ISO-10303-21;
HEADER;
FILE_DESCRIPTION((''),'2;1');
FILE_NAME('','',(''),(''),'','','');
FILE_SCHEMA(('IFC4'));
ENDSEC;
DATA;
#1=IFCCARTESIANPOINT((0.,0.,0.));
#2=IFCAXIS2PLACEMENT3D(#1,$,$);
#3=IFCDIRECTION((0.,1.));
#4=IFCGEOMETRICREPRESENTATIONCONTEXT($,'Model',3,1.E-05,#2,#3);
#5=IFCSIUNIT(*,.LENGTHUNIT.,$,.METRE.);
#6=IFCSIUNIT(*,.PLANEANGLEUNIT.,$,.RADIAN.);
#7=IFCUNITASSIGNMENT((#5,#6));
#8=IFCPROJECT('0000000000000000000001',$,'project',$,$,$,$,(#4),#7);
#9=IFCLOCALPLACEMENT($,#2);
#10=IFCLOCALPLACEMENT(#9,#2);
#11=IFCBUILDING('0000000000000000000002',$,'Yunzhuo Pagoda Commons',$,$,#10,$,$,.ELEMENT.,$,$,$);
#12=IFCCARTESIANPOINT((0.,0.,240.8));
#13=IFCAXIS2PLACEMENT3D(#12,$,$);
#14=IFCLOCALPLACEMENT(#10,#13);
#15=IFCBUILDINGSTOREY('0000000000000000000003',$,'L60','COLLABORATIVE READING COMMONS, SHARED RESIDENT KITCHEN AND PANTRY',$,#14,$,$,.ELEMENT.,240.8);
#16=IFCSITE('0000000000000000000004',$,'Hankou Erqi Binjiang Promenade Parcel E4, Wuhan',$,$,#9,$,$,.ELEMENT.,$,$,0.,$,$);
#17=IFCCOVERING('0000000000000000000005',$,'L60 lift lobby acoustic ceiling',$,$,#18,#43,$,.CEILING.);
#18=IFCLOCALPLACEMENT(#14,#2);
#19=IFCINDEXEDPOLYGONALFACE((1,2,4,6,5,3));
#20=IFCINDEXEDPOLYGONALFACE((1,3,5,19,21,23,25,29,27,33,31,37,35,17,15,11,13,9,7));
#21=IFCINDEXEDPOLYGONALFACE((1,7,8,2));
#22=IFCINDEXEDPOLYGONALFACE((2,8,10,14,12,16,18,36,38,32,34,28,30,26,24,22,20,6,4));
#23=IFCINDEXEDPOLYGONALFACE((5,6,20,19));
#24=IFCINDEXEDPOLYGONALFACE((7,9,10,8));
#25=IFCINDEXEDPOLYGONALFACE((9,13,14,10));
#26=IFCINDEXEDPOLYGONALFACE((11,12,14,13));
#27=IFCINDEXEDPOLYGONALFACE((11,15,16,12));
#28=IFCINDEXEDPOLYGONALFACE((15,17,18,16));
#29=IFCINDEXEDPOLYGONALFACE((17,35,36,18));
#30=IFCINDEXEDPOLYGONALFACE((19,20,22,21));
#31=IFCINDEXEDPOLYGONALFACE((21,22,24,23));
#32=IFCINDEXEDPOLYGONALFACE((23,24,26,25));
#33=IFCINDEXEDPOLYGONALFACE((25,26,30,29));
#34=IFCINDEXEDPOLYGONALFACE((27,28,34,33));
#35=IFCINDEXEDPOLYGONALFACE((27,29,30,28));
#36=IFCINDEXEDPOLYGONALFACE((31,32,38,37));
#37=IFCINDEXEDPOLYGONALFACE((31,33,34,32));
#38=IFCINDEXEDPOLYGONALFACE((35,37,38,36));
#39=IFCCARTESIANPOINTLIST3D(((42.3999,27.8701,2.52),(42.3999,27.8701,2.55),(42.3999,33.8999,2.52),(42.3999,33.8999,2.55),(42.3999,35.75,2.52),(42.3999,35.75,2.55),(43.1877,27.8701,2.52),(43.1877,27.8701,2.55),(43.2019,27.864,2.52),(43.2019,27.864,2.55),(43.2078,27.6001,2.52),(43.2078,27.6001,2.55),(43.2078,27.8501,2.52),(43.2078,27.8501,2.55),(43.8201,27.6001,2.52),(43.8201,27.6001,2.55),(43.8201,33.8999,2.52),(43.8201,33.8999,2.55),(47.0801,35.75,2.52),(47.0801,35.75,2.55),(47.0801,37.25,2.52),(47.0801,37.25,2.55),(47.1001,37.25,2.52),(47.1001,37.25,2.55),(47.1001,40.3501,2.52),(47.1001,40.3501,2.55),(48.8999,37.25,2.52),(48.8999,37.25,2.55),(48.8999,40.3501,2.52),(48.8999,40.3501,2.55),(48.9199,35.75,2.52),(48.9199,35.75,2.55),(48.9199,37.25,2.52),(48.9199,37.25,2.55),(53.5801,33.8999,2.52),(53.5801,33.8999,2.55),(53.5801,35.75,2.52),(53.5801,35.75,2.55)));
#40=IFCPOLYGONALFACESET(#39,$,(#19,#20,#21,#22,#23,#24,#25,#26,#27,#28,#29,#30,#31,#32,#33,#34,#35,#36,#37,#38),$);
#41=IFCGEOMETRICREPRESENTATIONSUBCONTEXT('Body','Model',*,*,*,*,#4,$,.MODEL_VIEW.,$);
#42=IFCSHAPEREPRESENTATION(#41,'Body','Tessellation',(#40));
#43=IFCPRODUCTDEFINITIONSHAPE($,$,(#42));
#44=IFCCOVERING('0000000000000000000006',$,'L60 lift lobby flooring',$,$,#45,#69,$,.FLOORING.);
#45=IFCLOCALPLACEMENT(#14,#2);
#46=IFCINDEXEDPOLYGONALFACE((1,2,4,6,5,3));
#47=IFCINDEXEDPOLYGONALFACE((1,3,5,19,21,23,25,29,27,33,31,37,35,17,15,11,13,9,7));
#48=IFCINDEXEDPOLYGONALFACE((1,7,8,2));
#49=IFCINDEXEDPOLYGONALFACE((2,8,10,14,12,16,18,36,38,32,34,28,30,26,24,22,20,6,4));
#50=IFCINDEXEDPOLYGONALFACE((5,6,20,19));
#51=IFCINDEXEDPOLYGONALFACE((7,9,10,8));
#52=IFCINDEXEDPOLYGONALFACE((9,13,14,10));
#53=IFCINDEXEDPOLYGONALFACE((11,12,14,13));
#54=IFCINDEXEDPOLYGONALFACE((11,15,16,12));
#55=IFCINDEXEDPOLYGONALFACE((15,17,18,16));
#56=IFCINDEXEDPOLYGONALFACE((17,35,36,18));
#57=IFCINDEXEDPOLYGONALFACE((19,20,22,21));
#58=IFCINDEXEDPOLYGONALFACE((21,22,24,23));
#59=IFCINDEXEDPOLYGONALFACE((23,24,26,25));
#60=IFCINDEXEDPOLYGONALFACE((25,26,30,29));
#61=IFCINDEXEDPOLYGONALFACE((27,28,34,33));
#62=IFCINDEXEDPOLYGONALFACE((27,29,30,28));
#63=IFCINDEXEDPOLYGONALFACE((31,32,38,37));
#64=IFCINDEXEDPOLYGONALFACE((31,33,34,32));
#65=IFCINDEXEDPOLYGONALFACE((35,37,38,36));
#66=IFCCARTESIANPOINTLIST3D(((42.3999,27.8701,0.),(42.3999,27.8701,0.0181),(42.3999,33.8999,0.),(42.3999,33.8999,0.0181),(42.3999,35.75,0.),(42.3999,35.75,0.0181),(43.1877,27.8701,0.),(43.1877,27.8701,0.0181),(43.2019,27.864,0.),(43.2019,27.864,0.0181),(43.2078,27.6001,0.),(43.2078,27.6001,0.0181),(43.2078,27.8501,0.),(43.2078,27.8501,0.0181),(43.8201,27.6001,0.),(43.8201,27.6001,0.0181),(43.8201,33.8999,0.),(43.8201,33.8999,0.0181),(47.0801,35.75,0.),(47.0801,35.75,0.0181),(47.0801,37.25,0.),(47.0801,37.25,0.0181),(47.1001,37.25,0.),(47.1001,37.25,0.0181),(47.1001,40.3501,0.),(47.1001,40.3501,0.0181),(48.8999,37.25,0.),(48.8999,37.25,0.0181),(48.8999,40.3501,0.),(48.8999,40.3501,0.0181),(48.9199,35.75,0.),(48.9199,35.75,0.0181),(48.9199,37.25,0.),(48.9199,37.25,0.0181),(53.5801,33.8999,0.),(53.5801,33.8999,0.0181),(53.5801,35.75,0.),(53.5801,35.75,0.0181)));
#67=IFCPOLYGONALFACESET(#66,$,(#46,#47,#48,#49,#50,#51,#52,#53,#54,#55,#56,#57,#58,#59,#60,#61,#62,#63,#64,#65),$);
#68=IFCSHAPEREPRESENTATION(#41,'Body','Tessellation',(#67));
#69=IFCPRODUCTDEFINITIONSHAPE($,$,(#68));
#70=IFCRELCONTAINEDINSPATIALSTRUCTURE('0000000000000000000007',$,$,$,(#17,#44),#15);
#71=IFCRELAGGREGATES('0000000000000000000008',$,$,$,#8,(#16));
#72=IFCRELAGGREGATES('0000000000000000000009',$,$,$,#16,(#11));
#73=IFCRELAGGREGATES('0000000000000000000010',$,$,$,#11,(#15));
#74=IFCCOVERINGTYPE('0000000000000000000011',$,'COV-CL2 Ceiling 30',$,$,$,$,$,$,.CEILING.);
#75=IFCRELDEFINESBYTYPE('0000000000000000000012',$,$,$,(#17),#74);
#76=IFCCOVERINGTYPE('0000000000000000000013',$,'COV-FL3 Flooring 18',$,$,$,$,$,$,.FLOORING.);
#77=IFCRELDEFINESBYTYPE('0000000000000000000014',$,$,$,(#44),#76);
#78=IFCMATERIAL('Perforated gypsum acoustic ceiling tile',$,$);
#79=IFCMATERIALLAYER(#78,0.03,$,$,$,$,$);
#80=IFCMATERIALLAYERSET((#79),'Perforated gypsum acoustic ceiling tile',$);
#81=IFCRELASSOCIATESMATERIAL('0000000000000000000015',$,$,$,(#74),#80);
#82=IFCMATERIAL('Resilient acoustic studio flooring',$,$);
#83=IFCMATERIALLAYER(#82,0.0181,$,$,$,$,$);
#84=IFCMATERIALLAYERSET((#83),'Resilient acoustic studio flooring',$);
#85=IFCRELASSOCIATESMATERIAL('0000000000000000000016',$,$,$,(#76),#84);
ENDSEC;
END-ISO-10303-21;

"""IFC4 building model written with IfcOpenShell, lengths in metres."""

from ifc_helpers import new_model, si_unit, direction, frame, origin, place, context, subcontext, project, spatial, polyline, outline, extrude, material, layer, layer_set, type_object, element, save


model = new_model("IFC4")

# Units and contexts
model_context = context("Model", 3, precision=1e-05, world=origin(), true_north=direction((0.0, 1.0)))
body_context = subcontext(model_context, "Body", "Model", "MODEL_VIEW")
ifc_project = project(units=[si_unit("LENGTHUNIT", "METRE"), si_unit("PLANEANGLEUNIT", "RADIAN")], contexts=[model_context])

# Site, building, storey
site_placement = place(None, origin())
site = spatial("IfcSite", under=ifc_project, at=site_placement, Name="Hankou Erqi Binjiang Promenade Parcel E4, Wuhan", CompositionType="ELEMENT", RefElevation=0.0)
building_placement = place(site_placement, origin())
building = spatial("IfcBuilding", under=site, at=building_placement, Name="Yunzhuo Pagoda Commons", CompositionType="ELEMENT")
storey_placement = place(building_placement, frame((0.0, 0.0, 240.8)))
storey = spatial("IfcBuildingStorey", under=building, at=storey_placement, Name="L60", Description="COLLABORATIVE READING COMMONS, SHARED RESIDENT KITCHEN AND PANTRY", CompositionType="ELEMENT", Elevation=240.8)

# Coverings
ifc_material_1 = material(Name="Perforated gypsum acoustic ceiling tile")
ifc_layer_1 = layer(ifc_material_1, 0.03)
ifc_layer_set_1 = layer_set([ifc_layer_1], Name="Perforated gypsum acoustic ceiling tile")
covering_type_1 = type_object("IfcCoveringType", Name="COV-CL2 Ceiling 30", PredefinedType="CEILING", material=ifc_layer_set_1)
covering_1_placement = place(storey_placement, frame((0.0, 0.0, 2.52)))
element("IfcCovering", 1, at=covering_1_placement, inside=storey, type_object=covering_type_1, Name="L60 lift lobby acoustic ceiling", PredefinedType="CEILING", context=body_context, shape_type="SweptSolid", body=[
    extrude(outline(polyline([(42.3999, 35.75), (47.0801, 35.75), (47.0801, 37.25), (47.1001, 37.25), (47.1001, 40.3501), (48.8999, 40.3501), (48.8999, 37.25), (48.9199, 37.25), (48.9199, 35.75), (53.5801, 35.75), (53.5801, 33.8999), (43.8201, 33.8999), (43.8201, 27.6001), (43.2078, 27.6001), (43.2078, 27.8501), (43.2019, 27.864), (43.1877, 27.8701), (42.3999, 27.8701), (42.3999, 33.8999), (42.3999, 35.75)])), origin(), (0.0, 0.0, 1.0), 0.03),
])
ifc_material_2 = material(Name="Resilient acoustic studio flooring")
ifc_layer_2 = layer(ifc_material_2, 0.0181)
ifc_layer_set_2 = layer_set([ifc_layer_2], Name="Resilient acoustic studio flooring")
covering_type_2 = type_object("IfcCoveringType", Name="COV-FL3 Flooring 18", PredefinedType="FLOORING", material=ifc_layer_set_2)
covering_2_placement = place(storey_placement, origin())
element("IfcCovering", 2, at=covering_2_placement, inside=storey, type_object=covering_type_2, Name="L60 lift lobby flooring", PredefinedType="FLOORING", context=body_context, shape_type="SweptSolid", body=[
    extrude(outline(polyline([(42.3999, 35.75), (47.0801, 35.75), (47.0801, 37.25), (47.1001, 37.25), (47.1001, 40.3501), (48.8999, 40.3501), (48.8999, 37.25), (48.9199, 37.25), (48.9199, 35.75), (53.5801, 35.75), (53.5801, 33.8999), (43.8201, 33.8999), (43.8201, 27.6001), (43.2078, 27.6001), (43.2078, 27.8501), (43.2019, 27.864), (43.1877, 27.8701), (42.3999, 27.8701), (42.3999, 33.8999), (42.3999, 35.75)])), origin(), (0.0, 0.0, 1.0), 0.0181),
])

save(model, "model.ifc")
